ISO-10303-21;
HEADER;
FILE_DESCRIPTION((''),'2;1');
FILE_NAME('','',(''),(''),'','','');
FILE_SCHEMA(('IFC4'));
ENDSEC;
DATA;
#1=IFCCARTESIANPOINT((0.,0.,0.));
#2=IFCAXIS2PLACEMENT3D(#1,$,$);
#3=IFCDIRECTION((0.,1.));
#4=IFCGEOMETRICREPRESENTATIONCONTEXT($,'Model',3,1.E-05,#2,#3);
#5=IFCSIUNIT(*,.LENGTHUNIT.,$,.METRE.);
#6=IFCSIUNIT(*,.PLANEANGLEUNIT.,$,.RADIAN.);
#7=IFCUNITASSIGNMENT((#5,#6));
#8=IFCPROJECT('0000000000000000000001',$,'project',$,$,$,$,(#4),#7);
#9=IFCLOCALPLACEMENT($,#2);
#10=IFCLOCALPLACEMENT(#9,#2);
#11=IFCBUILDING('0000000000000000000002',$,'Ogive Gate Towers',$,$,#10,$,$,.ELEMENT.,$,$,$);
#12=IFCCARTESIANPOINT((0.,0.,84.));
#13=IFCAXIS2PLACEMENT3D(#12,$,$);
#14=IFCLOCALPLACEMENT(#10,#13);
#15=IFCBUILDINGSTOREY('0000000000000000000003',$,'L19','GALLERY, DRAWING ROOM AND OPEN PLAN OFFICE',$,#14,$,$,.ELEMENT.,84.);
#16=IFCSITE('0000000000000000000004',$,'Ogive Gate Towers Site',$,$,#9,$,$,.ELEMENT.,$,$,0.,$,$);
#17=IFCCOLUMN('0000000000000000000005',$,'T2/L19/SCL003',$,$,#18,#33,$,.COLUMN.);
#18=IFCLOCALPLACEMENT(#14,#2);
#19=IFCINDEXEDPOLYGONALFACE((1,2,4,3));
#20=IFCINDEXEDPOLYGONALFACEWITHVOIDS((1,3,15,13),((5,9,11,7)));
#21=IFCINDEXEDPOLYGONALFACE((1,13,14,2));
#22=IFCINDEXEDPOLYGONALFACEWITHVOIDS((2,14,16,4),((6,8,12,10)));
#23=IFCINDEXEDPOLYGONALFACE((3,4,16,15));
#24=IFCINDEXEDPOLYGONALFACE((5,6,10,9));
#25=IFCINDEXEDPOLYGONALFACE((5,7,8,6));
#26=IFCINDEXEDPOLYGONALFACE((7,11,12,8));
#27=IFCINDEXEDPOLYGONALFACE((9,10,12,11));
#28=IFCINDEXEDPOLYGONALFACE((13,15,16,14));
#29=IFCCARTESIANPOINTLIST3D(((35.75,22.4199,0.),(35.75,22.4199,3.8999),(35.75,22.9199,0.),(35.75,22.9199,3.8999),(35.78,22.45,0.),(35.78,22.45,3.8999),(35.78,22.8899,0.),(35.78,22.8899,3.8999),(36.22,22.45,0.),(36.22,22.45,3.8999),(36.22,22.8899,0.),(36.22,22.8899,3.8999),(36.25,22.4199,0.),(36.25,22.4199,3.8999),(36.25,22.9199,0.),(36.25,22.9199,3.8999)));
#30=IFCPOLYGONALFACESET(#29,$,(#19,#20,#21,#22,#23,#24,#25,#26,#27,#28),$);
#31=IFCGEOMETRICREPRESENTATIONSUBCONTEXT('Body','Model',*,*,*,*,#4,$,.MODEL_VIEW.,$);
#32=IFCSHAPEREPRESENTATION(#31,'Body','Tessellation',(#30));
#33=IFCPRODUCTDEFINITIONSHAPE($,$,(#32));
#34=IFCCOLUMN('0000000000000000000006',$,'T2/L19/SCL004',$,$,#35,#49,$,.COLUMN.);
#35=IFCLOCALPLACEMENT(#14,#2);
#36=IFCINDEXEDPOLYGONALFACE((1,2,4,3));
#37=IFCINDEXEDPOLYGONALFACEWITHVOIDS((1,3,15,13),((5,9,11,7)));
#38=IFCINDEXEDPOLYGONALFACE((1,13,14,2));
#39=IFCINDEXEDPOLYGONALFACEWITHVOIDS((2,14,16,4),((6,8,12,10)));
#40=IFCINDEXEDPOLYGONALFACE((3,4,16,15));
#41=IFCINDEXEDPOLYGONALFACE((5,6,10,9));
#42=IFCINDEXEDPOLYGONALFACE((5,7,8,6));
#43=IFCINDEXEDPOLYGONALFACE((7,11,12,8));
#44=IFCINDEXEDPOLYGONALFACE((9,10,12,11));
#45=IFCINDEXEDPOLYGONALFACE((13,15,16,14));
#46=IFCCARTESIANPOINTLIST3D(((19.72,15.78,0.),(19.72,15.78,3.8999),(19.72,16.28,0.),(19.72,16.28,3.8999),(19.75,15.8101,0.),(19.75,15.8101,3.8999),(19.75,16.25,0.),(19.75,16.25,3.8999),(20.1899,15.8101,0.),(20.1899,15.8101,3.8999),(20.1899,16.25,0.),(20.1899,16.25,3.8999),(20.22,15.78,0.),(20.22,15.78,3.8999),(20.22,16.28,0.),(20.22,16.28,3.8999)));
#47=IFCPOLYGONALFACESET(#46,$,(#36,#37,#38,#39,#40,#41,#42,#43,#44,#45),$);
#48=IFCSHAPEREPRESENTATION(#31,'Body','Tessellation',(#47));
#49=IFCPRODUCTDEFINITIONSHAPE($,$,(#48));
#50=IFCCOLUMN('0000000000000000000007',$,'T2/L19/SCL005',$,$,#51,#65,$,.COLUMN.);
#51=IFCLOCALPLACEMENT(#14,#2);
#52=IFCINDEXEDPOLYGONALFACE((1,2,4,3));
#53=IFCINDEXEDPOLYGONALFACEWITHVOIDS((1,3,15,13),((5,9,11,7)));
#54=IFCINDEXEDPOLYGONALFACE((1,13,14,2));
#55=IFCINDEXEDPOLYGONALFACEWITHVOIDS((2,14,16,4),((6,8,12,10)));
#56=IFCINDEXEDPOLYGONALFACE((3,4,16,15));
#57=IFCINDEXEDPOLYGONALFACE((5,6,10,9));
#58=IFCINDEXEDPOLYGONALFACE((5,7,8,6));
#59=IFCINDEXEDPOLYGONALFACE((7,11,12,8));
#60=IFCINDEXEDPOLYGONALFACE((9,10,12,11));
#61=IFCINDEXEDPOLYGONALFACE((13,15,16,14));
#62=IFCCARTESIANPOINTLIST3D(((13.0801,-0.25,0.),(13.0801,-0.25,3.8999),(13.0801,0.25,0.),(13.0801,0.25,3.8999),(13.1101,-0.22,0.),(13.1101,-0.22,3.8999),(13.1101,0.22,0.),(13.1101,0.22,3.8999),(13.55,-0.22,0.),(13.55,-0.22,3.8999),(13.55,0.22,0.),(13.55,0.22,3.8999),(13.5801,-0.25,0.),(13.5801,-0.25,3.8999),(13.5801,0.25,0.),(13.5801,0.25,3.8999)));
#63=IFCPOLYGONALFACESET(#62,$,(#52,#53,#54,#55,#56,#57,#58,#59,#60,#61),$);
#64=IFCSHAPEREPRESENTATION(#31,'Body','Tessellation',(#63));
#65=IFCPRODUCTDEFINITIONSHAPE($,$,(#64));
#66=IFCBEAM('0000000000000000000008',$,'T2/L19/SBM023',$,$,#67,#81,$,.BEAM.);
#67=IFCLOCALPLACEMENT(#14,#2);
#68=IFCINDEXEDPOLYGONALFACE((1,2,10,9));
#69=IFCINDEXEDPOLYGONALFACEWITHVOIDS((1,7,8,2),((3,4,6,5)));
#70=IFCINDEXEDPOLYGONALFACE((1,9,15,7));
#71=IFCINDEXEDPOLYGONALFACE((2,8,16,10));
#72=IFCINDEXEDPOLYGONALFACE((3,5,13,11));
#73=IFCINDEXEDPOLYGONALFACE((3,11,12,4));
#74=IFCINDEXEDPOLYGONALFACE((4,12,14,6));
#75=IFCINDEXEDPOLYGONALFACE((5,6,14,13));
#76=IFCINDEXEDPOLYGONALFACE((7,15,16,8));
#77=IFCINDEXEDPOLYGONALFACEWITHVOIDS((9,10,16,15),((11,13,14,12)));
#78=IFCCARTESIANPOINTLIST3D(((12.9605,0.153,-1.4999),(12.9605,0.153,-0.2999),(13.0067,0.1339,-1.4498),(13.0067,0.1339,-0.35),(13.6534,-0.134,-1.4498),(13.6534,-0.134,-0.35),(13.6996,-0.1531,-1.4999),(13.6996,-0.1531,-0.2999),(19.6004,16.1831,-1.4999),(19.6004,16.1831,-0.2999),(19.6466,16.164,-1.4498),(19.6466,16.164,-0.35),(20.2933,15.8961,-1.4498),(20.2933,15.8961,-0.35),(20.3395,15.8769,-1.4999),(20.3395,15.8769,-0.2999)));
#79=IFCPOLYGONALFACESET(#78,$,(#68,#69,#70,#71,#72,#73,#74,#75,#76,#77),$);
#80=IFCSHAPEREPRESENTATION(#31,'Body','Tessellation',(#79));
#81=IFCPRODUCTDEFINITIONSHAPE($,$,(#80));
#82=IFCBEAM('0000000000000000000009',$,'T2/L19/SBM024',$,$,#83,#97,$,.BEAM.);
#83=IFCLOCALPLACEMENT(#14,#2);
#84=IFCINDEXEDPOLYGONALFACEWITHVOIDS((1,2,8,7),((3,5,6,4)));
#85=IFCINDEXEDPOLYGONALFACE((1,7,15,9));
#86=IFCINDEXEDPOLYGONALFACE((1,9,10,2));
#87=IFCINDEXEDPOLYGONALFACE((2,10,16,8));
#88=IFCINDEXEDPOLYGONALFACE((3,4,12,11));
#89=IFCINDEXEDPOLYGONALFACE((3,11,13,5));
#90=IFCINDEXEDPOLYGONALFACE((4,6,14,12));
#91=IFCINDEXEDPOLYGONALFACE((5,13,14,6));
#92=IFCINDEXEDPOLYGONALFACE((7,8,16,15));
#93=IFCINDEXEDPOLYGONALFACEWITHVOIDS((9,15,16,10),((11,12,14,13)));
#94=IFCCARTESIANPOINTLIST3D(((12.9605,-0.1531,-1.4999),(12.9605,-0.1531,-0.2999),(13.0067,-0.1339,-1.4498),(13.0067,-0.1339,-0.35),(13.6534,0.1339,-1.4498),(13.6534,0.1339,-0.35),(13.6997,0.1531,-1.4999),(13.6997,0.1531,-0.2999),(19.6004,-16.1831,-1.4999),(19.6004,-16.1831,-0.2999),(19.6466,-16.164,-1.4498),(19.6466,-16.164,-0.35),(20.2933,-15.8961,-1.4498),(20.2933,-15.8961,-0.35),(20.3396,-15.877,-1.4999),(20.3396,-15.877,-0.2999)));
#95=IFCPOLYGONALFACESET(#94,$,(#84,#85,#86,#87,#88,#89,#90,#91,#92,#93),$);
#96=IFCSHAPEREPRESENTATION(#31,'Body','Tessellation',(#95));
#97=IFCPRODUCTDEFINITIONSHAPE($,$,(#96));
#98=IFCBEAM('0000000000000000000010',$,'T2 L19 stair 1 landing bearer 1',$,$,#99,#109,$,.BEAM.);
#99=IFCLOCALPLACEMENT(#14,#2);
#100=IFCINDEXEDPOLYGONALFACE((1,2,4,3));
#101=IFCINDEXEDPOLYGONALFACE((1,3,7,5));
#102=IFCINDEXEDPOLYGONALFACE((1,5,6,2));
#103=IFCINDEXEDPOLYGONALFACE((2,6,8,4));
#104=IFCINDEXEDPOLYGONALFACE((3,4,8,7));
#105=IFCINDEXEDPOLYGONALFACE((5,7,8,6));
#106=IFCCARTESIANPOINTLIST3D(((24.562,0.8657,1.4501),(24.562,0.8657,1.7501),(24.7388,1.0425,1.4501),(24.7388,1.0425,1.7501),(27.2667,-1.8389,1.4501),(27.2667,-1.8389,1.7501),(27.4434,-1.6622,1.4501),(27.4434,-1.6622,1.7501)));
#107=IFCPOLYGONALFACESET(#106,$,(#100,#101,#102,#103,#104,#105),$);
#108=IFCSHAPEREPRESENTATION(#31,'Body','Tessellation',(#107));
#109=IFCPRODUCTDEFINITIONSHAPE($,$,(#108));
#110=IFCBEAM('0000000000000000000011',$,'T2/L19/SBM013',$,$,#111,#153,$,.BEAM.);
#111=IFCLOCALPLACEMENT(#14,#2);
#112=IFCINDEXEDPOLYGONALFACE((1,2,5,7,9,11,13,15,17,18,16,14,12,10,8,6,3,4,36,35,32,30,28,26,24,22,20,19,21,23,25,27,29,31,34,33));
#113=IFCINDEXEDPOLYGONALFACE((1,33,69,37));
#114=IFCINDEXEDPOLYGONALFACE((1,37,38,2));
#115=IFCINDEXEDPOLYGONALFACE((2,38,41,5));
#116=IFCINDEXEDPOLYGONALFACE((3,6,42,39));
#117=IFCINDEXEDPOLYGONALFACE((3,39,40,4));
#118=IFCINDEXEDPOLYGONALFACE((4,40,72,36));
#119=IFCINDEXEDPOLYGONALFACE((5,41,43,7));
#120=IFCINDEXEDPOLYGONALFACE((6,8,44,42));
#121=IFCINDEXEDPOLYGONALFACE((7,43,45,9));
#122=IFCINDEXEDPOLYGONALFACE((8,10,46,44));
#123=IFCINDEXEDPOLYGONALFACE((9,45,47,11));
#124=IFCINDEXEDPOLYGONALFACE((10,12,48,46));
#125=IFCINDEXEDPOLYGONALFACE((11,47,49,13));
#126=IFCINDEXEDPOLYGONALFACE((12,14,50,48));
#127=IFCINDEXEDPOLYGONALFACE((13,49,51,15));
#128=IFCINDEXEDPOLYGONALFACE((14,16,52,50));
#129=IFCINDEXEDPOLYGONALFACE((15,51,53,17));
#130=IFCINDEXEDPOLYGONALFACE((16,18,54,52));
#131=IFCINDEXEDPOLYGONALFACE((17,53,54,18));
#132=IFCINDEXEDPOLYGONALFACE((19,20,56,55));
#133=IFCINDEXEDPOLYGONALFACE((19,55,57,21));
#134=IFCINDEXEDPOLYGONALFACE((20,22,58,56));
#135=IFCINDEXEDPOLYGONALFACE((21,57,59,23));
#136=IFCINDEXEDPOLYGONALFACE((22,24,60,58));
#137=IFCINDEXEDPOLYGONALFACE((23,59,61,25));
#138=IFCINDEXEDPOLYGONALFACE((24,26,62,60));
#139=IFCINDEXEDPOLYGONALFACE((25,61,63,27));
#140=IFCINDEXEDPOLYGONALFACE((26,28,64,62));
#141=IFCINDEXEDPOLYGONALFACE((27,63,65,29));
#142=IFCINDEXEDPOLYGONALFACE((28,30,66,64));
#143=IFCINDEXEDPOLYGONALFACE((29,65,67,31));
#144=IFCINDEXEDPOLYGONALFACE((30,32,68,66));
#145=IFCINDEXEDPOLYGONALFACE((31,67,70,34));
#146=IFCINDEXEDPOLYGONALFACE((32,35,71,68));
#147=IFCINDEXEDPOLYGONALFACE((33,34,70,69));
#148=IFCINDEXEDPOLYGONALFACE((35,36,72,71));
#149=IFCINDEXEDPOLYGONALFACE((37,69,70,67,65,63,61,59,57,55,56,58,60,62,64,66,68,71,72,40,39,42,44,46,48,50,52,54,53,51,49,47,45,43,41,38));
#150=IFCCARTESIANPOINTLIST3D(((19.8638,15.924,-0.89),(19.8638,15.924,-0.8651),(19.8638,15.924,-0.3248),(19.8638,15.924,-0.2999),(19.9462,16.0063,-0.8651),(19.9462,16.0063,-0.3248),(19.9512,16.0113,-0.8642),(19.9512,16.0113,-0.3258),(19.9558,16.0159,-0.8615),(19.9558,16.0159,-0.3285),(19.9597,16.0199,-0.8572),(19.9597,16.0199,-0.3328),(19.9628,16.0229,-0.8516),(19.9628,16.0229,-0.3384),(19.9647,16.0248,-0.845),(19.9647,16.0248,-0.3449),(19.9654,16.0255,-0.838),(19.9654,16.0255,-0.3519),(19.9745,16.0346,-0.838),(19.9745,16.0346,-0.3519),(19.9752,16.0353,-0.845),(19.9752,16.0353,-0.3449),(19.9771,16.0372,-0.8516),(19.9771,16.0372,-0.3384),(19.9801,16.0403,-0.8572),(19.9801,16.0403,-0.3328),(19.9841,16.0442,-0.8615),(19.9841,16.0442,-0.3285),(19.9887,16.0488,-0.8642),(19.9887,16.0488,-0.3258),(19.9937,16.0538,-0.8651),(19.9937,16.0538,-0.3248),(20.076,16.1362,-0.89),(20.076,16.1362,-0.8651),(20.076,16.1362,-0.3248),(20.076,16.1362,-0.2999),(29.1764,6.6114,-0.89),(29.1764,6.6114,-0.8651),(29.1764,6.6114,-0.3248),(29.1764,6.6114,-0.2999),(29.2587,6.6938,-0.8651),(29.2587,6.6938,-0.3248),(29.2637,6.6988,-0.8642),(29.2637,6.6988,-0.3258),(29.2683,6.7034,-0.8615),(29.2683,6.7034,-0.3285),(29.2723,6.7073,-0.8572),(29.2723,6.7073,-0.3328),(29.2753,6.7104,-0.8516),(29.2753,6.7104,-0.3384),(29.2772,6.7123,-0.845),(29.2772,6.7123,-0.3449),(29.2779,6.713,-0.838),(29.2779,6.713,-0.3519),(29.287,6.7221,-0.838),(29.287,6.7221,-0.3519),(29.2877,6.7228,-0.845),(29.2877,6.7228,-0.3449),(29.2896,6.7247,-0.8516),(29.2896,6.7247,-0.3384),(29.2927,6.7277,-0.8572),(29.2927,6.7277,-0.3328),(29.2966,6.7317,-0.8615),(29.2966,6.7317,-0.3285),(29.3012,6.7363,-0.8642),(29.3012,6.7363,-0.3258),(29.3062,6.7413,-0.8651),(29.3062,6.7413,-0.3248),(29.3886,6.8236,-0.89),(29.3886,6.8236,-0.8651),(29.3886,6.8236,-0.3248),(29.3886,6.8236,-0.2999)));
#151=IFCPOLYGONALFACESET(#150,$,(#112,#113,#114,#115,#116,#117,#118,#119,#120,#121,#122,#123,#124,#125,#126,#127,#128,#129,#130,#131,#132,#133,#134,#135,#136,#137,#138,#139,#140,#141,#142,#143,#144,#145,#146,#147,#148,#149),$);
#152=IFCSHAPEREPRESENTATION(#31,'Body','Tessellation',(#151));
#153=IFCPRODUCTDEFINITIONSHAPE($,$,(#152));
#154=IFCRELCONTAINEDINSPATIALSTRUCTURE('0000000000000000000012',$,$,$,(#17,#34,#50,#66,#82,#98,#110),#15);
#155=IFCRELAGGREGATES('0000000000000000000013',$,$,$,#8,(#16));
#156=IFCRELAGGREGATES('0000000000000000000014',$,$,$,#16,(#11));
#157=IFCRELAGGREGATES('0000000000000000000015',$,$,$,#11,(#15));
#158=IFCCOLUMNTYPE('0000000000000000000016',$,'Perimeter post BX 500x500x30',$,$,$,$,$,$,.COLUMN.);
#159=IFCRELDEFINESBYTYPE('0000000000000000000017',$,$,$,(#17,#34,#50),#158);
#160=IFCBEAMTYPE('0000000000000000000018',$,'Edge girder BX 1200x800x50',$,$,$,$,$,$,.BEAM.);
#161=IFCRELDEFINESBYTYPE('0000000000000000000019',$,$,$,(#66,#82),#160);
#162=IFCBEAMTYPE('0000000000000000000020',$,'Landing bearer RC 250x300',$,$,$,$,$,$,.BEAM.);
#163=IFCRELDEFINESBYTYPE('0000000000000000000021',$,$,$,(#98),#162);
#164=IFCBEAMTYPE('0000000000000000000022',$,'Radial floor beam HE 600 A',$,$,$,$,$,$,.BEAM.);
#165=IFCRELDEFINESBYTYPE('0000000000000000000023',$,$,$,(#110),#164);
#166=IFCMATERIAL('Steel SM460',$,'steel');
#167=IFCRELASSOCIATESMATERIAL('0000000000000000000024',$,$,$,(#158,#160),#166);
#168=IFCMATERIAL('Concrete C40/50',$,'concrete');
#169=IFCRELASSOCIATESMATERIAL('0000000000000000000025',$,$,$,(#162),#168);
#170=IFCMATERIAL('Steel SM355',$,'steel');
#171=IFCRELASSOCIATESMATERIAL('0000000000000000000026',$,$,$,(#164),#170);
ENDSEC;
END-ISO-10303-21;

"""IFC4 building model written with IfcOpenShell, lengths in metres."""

from ifc_helpers import new_model, si_unit, direction, frame, origin, origin_2d, place, context, subcontext, project, spatial, rectangle, hollow_rectangle, i_section, extrude, material, material_profile, profile_set, type_object, element, save


model = new_model("IFC4")

# Units and contexts
model_context = context("Model", 3, precision=1e-05, world=origin(), true_north=direction((0.0, 1.0)))
body_context = subcontext(model_context, "Body", "Model", "MODEL_VIEW")
ifc_project = project(units=[si_unit("LENGTHUNIT", "METRE"), si_unit("PLANEANGLEUNIT", "RADIAN")], contexts=[model_context])

# Site, building, storey
site_placement = place(None, origin())
site = spatial("IfcSite", under=ifc_project, at=site_placement, Name="Ogive Gate Towers Site", CompositionType="ELEMENT", RefElevation=0.0)
building_placement = place(site_placement, origin())
building = spatial("IfcBuilding", under=site, at=building_placement, Name="Ogive Gate Towers", CompositionType="ELEMENT")
storey_placement = place(building_placement, frame((0.0, 0.0, 84.0)))
storey = spatial("IfcBuildingStorey", under=building, at=storey_placement, Name="L19", Description="GALLERY, DRAWING ROOM AND OPEN PLAN OFFICE", CompositionType="ELEMENT", Elevation=84.0)

# Columns
ifc_material_1 = material(Name="Steel SM460", Category="steel")
ifc_material_profile_1 = material_profile(ifc_material_1, hollow_rectangle(XDim=0.5, YDim=0.5, WallThickness=0.03, at=origin_2d()), Name="BX 500x500x30")
ifc_profile_set_1 = profile_set([ifc_material_profile_1], Name="Steel SM460")
column_type = type_object("IfcColumnType", Name="Perimeter post BX 500x500x30", PredefinedType="COLUMN", material=ifc_profile_set_1)
for number, where, z_axis, x_axis, name in (
    (1, (36.0, 22.6699, 0.0), (0.0, 0.0, 1.0), (1.0, 0.0, 0.0), "T2/L19/SCL003"),
    (2, (19.97, 16.03, 0.0), (0.0, 0.0, 1.0), (1.0, 0.0, 0.0), "T2/L19/SCL004"),
    (3, (13.3301, 0.0, 0.0), (0.0, 0.0, 1.0), (1.0, 0.0, 0.0), "T2/L19/SCL005"),
):
    element("IfcColumn", number, at=place(storey_placement, frame(where, z_axis=z_axis, x_axis=x_axis)), inside=storey, type_object=column_type, Name=name, PredefinedType="COLUMN", context=body_context, shape_type="SweptSolid", body=[
        extrude(hollow_rectangle(XDim=0.5, YDim=0.5, WallThickness=0.03, at=origin_2d()), origin(), (0.0, 0.0, 1.0), 3.8999),
    ])

# Beams
ifc_material_profile_2 = material_profile(ifc_material_1, hollow_rectangle(XDim=0.8, YDim=1.2, WallThickness=0.05, at=origin_2d()), Name="BX 1200x800x50")
ifc_profile_set_2 = profile_set([ifc_material_profile_2], Name="Steel SM460")
beam_type_1 = type_object("IfcBeamType", Name="Edge girder BX 1200x800x50", PredefinedType="BEAM", material=ifc_profile_set_2)
for number, where, z_axis, x_axis, name in (
    (4, (19.97, 16.03, -0.8999), (-0.382685, -0.923879, 0.0), (0.923879, -0.382685, 0.0), "T2/L19/SBM023"),
    (5, (13.3301, 0.0, -0.8999), (0.382685, -0.923879, 0.0), (0.923879, 0.382685, 0.0), "T2/L19/SBM024"),
):
    element("IfcBeam", number, at=place(storey_placement, frame(where, z_axis=z_axis, x_axis=x_axis)), inside=storey, type_object=beam_type_1, Name=name, PredefinedType="BEAM", context=body_context, shape_type="SweptSolid", body=[
        extrude(hollow_rectangle(XDim=0.8, YDim=1.2, WallThickness=0.05, at=origin_2d()), origin(), (0.0, 0.0, 1.0), 17.3508),
    ])
ifc_material_2 = material(Name="Concrete C40/50", Category="concrete")
ifc_material_profile_3 = material_profile(ifc_material_2, rectangle(XDim=0.25, YDim=0.3, at=origin_2d()), Name="RC 250x300")
ifc_profile_set_3 = profile_set([ifc_material_profile_3], Name="Concrete C40/50")
beam_type_2 = type_object("IfcBeamType", Name="Landing bearer RC 250x300", PredefinedType="BEAM", material=ifc_profile_set_3)
beam_1_placement = place(storey_placement, frame((24.6504, 0.9541, 1.6001), z_axis=(0.707107, -0.707107, 0.0), x_axis=(0.707107, 0.707107, 0.0)))
element("IfcBeam", 6, at=beam_1_placement, inside=storey, type_object=beam_type_2, Name="T2 L19 stair 1 landing bearer 1", PredefinedType="BEAM", context=body_context, shape_type="SweptSolid", body=[
    extrude(rectangle(XDim=0.25, YDim=0.3, at=origin_2d()), origin(), (0.0, 0.0, 1.0), 3.825),
])
ifc_material_3 = material(Name="Steel SM355", Category="steel")
ifc_material_profile_4 = material_profile(ifc_material_3, i_section(OverallWidth=0.3, OverallDepth=0.5901, WebThickness=0.0129, FlangeThickness=0.0249, FilletRadius=0.0271, at=origin_2d()), Name="HE 600 A")
ifc_profile_set_4 = profile_set([ifc_material_profile_4], Name="Steel SM355")
beam_type_3 = type_object("IfcBeamType", Name="Radial floor beam HE 600 A", PredefinedType="BEAM", material=ifc_profile_set_4)
beam_2_placement = place(storey_placement, frame((29.2825, 6.7175, -0.595), z_axis=(-0.707107, 0.707107, 0.0), x_axis=(-0.707107, -0.707107, 0.0)))
element("IfcBeam", 7, at=beam_2_placement, inside=storey, type_object=beam_type_3, Name="T2/L19/SBM013", PredefinedType="BEAM", context=body_context, shape_type="SweptSolid", body=[
    extrude(i_section(OverallWidth=0.3, OverallDepth=0.5901, WebThickness=0.0129, FlangeThickness=0.0249, FilletRadius=0.0271, at=origin_2d()), origin(), (0.0, 0.0, 1.0), 13.1699),
])

save(model, "model.ifc")
